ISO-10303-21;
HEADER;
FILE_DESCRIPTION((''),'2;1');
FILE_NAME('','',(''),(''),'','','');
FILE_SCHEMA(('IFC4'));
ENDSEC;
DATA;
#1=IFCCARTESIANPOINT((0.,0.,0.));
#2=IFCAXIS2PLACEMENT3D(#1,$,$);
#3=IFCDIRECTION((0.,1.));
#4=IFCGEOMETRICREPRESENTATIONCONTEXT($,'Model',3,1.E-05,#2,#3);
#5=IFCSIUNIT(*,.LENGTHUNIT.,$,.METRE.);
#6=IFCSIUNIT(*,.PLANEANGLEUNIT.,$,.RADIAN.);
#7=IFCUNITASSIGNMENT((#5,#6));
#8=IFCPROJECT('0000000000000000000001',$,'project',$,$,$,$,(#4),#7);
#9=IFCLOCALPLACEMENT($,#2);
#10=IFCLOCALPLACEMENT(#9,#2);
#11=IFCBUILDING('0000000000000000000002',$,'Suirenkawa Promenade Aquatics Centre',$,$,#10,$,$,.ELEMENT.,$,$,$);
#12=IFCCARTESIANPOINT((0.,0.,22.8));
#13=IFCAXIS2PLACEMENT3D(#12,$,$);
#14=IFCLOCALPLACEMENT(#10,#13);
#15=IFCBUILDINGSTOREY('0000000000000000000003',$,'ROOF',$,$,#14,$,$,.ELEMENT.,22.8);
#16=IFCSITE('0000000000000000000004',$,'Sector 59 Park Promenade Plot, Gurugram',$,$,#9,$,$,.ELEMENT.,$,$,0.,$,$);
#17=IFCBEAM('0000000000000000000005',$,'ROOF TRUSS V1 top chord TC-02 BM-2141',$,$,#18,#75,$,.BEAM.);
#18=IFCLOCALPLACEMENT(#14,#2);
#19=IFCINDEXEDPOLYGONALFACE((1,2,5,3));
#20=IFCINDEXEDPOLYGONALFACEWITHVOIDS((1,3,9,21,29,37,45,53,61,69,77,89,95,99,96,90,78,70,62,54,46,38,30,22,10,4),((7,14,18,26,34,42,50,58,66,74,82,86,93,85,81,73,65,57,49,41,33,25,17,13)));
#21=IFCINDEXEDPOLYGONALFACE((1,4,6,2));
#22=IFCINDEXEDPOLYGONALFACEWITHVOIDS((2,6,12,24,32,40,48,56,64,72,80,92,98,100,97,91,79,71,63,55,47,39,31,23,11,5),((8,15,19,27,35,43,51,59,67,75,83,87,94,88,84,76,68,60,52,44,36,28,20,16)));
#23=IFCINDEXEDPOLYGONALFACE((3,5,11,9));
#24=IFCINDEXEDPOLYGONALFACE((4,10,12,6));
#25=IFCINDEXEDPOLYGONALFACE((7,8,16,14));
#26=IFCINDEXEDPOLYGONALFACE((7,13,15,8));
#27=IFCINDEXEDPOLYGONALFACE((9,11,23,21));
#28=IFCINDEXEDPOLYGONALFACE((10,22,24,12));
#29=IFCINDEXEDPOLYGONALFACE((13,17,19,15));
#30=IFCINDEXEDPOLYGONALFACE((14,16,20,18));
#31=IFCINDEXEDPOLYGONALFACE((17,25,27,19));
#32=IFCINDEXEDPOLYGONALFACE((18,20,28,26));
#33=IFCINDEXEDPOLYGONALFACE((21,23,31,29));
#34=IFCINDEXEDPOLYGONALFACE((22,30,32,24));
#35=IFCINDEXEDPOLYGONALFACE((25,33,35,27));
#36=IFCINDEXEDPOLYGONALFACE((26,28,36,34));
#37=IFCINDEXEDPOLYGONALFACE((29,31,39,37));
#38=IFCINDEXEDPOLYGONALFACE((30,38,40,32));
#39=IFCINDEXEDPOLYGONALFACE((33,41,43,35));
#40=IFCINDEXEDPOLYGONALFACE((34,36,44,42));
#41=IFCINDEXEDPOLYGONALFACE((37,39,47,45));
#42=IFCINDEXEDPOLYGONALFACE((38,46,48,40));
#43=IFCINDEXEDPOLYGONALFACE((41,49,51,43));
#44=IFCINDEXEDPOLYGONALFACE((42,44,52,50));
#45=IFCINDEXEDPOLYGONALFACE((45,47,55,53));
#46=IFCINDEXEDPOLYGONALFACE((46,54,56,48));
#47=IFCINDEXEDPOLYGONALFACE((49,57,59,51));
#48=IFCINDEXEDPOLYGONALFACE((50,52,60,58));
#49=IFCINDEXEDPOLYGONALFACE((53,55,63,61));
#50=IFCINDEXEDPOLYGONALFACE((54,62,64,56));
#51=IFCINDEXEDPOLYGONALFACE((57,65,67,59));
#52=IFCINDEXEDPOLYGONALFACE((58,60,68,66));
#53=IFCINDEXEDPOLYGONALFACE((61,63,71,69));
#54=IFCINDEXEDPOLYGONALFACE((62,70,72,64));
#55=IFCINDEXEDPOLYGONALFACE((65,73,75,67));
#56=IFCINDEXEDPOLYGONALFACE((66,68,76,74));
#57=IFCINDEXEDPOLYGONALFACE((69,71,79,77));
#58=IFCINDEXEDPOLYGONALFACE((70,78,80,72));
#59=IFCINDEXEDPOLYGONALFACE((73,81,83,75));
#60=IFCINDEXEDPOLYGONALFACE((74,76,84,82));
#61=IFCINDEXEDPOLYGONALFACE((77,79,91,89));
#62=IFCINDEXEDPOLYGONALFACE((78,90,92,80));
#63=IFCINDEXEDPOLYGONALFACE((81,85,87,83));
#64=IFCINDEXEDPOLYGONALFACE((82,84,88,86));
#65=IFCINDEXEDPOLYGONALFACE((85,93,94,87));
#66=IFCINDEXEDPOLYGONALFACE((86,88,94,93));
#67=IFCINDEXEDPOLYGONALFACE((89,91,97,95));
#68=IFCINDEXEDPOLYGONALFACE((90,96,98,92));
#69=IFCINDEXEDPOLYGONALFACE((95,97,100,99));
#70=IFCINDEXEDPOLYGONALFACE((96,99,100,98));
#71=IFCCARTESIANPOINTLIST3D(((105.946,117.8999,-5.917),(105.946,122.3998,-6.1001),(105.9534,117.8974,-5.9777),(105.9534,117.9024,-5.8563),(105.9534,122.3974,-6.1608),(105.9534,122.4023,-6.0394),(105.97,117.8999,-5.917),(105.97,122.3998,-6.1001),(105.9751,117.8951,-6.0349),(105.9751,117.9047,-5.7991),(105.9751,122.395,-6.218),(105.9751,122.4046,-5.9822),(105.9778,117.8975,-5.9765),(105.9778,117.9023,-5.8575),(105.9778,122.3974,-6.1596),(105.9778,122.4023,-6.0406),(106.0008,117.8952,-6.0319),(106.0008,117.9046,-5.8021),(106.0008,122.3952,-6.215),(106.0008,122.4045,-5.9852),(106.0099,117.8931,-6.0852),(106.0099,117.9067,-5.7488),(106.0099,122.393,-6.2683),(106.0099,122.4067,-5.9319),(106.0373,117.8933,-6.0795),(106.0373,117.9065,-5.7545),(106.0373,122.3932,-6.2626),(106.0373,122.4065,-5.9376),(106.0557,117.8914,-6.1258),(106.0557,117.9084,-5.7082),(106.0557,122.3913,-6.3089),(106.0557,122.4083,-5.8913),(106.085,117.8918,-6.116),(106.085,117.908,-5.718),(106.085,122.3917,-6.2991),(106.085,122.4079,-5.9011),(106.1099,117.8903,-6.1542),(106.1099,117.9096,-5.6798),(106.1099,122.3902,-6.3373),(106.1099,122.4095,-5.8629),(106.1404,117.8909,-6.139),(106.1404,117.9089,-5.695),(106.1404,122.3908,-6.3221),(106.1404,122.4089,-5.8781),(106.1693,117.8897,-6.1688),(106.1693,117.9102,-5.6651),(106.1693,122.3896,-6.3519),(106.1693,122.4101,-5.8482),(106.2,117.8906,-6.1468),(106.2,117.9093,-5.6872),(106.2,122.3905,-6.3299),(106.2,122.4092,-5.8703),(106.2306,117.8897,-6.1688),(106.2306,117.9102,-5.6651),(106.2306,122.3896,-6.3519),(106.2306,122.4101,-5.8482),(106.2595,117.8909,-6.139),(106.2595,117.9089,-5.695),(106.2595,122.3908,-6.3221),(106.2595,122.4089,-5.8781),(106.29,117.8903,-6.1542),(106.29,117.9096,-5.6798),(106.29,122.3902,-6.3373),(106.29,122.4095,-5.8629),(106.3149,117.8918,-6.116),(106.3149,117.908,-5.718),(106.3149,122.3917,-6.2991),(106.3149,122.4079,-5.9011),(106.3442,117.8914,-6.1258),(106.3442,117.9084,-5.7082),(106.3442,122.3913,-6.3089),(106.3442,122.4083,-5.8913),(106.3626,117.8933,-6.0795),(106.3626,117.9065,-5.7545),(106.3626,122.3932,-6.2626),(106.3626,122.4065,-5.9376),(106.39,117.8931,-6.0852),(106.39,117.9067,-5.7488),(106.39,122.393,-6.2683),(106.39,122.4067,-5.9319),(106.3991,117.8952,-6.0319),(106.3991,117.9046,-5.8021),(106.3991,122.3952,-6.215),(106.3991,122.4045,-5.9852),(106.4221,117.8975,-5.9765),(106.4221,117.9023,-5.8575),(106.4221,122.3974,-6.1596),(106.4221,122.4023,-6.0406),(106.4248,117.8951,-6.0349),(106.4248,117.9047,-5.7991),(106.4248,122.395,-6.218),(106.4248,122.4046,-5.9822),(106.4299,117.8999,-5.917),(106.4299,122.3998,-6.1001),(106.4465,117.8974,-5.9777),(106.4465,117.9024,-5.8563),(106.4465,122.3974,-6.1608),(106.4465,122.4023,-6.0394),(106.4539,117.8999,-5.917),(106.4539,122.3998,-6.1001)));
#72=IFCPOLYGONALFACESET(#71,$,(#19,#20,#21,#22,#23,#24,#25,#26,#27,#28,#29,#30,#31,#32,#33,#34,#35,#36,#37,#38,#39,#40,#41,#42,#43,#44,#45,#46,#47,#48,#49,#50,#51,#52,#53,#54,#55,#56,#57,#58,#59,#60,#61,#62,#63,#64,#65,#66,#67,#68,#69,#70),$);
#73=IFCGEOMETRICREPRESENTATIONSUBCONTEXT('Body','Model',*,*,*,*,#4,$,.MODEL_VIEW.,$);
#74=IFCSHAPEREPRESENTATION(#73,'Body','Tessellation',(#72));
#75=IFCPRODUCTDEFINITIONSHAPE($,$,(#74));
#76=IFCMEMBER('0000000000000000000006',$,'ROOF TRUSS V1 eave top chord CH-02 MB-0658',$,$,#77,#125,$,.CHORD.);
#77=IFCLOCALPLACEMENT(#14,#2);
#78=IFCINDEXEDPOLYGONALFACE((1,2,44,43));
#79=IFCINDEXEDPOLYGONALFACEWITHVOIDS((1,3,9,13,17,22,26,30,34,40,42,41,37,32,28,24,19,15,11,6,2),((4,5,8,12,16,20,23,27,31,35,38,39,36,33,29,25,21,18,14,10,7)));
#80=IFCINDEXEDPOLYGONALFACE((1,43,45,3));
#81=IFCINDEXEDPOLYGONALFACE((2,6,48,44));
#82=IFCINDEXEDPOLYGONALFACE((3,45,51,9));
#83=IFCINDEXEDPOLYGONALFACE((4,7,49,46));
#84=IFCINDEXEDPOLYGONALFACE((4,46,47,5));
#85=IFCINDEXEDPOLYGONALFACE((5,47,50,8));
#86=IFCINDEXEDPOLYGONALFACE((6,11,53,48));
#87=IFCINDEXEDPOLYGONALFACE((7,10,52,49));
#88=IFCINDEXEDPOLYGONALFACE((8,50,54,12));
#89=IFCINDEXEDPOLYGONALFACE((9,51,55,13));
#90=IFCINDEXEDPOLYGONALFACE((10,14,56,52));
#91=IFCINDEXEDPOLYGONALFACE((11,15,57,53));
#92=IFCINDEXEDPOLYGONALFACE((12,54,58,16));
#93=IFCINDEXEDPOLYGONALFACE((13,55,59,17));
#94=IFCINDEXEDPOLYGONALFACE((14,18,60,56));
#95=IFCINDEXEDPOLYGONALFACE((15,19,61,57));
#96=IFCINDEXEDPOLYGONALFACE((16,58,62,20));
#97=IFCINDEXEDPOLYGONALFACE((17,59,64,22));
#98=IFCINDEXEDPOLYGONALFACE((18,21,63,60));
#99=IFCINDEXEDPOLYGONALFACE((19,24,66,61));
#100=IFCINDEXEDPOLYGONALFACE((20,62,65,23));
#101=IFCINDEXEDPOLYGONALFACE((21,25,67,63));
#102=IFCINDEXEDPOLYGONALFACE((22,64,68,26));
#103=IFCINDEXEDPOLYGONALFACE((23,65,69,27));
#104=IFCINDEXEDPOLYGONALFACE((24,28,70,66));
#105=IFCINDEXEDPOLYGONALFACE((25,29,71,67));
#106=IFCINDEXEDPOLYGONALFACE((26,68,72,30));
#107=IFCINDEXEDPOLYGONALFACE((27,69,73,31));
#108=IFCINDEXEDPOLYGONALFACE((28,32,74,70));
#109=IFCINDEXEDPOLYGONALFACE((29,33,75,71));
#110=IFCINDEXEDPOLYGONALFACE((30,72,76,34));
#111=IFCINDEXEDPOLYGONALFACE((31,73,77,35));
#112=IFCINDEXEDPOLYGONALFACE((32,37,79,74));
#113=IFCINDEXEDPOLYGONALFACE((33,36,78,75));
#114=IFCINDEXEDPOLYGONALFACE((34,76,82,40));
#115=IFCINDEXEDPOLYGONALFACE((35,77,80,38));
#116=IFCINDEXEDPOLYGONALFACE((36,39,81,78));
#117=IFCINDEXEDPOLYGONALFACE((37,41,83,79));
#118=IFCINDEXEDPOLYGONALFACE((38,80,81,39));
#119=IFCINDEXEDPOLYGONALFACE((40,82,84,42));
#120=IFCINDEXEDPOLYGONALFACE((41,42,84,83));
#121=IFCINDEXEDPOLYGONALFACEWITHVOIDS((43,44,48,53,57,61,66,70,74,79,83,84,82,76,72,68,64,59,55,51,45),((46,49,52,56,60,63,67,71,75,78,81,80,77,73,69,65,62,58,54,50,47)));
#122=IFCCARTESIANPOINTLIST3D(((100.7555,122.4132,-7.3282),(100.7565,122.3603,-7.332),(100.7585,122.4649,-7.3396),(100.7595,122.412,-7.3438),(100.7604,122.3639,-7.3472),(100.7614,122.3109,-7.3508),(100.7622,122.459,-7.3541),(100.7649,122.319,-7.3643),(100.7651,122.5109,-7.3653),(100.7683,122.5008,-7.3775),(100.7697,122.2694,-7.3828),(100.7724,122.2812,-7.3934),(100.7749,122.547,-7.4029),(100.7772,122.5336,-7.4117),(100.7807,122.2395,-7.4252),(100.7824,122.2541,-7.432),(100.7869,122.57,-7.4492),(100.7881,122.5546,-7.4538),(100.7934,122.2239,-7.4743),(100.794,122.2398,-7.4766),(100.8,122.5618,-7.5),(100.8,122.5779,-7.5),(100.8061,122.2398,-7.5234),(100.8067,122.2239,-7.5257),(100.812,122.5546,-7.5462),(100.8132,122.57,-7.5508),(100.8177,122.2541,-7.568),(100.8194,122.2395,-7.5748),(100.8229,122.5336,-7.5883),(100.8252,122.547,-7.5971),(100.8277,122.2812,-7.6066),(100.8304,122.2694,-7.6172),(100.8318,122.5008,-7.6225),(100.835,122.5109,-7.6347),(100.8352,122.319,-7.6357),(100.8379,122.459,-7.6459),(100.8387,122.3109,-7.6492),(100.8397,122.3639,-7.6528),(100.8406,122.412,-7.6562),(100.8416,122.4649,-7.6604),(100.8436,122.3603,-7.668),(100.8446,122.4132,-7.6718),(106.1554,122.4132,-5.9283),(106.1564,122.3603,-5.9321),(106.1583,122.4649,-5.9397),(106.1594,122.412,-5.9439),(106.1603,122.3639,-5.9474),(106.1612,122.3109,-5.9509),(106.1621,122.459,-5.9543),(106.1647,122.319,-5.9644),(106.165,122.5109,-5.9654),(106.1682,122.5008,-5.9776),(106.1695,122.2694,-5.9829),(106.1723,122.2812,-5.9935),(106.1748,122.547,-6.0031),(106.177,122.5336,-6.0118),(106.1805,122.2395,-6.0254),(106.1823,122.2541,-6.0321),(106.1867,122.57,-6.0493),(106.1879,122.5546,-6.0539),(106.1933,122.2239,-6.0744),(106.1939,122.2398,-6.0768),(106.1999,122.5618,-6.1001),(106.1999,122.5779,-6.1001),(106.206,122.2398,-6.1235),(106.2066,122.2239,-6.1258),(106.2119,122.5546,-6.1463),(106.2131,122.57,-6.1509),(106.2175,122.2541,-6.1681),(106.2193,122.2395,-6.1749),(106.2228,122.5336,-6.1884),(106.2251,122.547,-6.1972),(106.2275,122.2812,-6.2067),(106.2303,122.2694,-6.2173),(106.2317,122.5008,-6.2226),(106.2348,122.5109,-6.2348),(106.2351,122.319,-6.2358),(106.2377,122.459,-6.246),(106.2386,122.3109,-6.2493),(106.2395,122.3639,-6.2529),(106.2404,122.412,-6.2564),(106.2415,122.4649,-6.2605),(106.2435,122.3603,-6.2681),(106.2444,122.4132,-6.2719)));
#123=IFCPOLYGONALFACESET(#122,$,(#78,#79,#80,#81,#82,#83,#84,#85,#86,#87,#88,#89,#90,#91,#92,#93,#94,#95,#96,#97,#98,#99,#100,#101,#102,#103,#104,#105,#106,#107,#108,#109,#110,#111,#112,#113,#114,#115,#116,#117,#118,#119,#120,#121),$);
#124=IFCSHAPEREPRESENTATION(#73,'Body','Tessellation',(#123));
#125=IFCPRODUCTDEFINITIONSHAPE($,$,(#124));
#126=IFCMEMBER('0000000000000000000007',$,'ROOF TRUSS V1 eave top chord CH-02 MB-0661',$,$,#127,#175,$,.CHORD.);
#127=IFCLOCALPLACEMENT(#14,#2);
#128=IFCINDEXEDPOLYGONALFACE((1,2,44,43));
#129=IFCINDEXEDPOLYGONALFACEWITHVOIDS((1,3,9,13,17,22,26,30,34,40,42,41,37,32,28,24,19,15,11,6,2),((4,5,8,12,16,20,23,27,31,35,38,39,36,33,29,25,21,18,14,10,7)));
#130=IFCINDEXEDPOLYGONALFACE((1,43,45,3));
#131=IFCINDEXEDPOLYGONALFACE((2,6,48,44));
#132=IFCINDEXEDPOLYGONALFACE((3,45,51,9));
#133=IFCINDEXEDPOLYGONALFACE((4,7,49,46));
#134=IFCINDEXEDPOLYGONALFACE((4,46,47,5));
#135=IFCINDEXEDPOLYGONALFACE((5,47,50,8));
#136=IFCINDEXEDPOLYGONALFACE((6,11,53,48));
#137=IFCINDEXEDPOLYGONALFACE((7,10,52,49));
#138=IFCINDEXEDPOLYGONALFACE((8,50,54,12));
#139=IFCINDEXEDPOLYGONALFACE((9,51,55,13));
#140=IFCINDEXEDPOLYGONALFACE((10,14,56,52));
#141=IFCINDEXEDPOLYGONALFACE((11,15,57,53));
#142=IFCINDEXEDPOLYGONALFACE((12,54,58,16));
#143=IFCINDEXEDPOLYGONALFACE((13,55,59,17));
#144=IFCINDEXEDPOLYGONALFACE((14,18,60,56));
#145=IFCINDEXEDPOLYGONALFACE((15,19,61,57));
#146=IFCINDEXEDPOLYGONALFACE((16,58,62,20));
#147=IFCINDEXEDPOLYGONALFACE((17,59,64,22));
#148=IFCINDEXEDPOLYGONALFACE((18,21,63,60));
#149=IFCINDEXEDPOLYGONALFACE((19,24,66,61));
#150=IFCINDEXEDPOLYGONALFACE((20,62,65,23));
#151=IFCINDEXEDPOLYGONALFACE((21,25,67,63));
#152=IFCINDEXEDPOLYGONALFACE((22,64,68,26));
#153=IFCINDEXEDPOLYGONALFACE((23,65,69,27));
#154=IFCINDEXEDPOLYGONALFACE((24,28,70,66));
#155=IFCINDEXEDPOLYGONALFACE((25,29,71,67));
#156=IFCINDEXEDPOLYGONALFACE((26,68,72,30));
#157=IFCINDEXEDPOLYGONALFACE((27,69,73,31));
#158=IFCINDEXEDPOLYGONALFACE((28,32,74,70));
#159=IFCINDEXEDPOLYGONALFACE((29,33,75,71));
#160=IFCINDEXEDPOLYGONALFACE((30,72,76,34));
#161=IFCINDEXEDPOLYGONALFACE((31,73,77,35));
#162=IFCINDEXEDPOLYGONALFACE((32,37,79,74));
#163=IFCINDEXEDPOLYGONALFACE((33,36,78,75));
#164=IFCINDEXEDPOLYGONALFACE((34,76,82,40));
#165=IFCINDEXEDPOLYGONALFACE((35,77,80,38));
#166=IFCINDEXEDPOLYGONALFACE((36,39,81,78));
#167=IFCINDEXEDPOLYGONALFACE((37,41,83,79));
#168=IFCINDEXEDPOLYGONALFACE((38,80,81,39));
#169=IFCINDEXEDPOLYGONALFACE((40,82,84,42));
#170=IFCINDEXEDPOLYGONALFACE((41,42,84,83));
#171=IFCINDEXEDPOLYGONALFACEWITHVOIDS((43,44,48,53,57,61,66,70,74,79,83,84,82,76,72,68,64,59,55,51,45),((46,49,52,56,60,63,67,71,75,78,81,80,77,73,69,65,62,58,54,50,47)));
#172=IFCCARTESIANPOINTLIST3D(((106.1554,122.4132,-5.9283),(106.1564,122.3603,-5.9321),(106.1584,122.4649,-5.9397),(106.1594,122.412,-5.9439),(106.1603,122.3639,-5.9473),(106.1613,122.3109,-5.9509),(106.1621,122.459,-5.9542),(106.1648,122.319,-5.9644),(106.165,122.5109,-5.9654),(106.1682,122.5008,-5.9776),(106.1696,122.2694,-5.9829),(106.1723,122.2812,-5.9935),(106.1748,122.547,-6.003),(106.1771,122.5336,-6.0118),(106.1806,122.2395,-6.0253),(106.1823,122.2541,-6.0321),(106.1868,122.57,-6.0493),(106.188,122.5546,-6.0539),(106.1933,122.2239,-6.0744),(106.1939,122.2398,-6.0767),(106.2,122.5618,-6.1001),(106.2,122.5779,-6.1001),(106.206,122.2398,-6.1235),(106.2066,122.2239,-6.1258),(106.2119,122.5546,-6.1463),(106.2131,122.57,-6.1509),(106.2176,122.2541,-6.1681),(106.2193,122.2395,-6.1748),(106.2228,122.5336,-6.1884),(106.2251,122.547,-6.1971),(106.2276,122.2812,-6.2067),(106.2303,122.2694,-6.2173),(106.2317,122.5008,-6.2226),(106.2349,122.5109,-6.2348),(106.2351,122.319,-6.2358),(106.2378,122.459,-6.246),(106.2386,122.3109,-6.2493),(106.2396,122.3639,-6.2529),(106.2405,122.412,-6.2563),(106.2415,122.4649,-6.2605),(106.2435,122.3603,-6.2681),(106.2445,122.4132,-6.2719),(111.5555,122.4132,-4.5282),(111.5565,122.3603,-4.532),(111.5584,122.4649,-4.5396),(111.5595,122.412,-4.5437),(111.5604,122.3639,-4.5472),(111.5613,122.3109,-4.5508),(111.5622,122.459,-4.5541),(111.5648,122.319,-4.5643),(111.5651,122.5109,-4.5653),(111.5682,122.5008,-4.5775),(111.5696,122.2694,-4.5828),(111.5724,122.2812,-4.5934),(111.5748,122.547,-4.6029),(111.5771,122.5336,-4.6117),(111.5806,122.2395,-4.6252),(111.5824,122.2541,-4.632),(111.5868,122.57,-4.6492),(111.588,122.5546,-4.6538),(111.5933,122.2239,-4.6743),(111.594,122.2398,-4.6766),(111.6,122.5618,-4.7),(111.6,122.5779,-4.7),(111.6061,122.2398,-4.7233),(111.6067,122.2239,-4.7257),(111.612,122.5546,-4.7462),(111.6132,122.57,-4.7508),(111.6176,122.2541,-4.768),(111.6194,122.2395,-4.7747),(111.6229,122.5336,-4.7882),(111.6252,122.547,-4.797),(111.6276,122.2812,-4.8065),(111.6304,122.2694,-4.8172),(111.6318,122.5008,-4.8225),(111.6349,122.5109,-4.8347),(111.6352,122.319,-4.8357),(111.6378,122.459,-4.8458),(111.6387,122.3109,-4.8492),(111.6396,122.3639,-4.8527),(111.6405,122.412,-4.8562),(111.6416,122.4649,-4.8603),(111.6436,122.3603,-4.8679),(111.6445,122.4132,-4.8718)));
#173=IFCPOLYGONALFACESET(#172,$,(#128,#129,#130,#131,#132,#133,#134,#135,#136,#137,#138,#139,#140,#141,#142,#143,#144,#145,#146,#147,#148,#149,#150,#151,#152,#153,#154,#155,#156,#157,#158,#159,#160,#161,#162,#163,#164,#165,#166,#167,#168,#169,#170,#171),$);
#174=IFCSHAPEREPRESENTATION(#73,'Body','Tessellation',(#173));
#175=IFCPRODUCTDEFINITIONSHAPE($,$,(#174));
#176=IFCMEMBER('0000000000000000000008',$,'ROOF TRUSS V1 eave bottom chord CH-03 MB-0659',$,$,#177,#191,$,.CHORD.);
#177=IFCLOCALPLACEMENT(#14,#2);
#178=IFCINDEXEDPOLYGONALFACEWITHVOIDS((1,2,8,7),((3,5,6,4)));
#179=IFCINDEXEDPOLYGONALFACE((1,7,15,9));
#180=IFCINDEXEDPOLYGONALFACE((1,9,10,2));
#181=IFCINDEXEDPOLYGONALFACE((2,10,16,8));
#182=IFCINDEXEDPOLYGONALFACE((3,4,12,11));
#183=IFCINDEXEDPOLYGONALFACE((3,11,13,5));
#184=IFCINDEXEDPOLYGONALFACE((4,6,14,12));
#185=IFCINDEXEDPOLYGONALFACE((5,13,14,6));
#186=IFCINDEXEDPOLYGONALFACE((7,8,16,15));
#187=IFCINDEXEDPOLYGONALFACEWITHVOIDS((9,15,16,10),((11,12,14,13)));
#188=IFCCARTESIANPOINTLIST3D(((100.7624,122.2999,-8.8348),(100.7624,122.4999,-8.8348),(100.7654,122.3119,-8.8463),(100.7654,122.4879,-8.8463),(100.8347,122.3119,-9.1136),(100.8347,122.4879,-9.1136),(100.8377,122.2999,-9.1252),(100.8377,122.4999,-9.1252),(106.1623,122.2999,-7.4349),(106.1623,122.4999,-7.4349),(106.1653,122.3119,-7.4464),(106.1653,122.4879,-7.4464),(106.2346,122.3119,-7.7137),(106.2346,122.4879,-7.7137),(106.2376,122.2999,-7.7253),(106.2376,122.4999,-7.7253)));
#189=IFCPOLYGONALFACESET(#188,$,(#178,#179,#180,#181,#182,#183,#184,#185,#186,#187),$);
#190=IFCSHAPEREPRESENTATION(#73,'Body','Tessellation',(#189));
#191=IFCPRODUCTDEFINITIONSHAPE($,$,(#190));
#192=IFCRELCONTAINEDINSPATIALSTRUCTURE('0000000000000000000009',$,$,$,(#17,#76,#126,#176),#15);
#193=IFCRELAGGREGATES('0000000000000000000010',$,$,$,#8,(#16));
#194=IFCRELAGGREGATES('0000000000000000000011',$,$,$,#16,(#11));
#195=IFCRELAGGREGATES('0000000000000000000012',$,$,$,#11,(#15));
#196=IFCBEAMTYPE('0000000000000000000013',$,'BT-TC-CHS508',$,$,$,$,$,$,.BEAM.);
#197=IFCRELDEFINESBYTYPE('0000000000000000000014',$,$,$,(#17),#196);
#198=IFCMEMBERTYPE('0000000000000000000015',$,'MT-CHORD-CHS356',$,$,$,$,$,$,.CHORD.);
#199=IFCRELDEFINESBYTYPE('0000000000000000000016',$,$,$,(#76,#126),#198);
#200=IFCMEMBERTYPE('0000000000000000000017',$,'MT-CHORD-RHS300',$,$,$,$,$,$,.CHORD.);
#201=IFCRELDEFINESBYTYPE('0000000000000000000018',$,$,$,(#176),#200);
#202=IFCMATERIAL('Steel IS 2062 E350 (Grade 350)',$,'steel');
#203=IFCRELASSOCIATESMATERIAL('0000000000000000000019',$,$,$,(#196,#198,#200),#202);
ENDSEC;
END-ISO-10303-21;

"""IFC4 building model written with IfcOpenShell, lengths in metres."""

from ifc_helpers import new_model, si_unit, direction, frame, origin, origin_2d, place, context, subcontext, project, spatial, hollow_rectangle, hollow_circle, extrude, material, material_profile, profile_set, type_object, element, save


model = new_model("IFC4")

# Units and contexts
model_context = context("Model", 3, precision=1e-05, world=origin(), true_north=direction((0.0, 1.0)))
body_context = subcontext(model_context, "Body", "Model", "MODEL_VIEW")
ifc_project = project(units=[si_unit("LENGTHUNIT", "METRE"), si_unit("PLANEANGLEUNIT", "RADIAN")], contexts=[model_context])

# Site, building, storey
site_placement = place(None, origin())
site = spatial("IfcSite", under=ifc_project, at=site_placement, Name="Sector 59 Park Promenade Plot, Gurugram", CompositionType="ELEMENT", RefElevation=0.0)
building_placement = place(site_placement, origin())
building = spatial("IfcBuilding", under=site, at=building_placement, Name="Suirenkawa Promenade Aquatics Centre", CompositionType="ELEMENT")
storey_placement = place(building_placement, frame((0.0, 0.0, 22.8)))
storey = spatial("IfcBuildingStorey", under=building, at=storey_placement, Name="ROOF", CompositionType="ELEMENT", Elevation=22.8)

# Beam
ifc_material = material(Name="Steel IS 2062 E350 (Grade 350)", Category="steel")
ifc_material_profile_1 = material_profile(ifc_material, hollow_circle(Radius=0.2539, WallThickness=0.0239, at=origin_2d()), Name="CHS 508x24", Category="steel")
ifc_profile_set_1 = profile_set([ifc_material_profile_1], Name="Steel IS 2062 E350 (Grade 350)")
beam_type_1 = type_object("IfcBeamType", Name="BT-TC-CHS508", PredefinedType="BEAM", material=ifc_profile_set_1)
for number, where, z_axis, x_axis, name in (
    (1, (106.2, 117.8999, -5.917), (0.0, 0.999173, -0.040656), (-1.0, 0.0, 0.0), "ROOF TRUSS V1 top chord TC-02 BM-2141"),
):
    element("IfcBeam", number, at=place(storey_placement, frame(where, z_axis=z_axis, x_axis=x_axis)), inside=storey, type_object=beam_type_1, Name=name, PredefinedType="BEAM", context=body_context, shape_type="SweptSolid", body=[
        extrude(hollow_circle(Radius=0.2539, WallThickness=0.0239, at=origin_2d()), origin(), (0.0, 0.0, 1.0), 4.5037),
    ])

# Members
ifc_material_profile_2 = material_profile(ifc_material, hollow_circle(Radius=0.178, WallThickness=0.0161, at=origin_2d()), Name="CHS 356x16", Category="steel")
ifc_profile_set_2 = profile_set([ifc_material_profile_2], Name="Steel IS 2062 E350 (Grade 350)")
member_type_1 = type_object("IfcMemberType", Name="MT-CHORD-CHS356", PredefinedType="CHORD", material=ifc_profile_set_2)
member_1_placement = place(storey_placement, frame((100.8, 122.3999, -7.5), z_axis=(0.968, 0.0, 0.25095), x_axis=(0.0, 1.0, 0.0)))
element("IfcMember", 2, at=member_1_placement, inside=storey, type_object=member_type_1, Name="ROOF TRUSS V1 eave top chord CH-02 MB-0658", PredefinedType="CHORD", context=body_context, shape_type="SweptSolid", body=[
    extrude(hollow_circle(Radius=0.178, WallThickness=0.0161, at=origin_2d()), origin(), (0.0, 0.0, 1.0), 5.5784),
])
member_2_placement = place(storey_placement, frame((106.2, 122.3999, -6.1001), z_axis=(0.967992, 0.0, 0.25098), x_axis=(0.0, 1.0, 0.0)))
element("IfcMember", 3, at=member_2_placement, inside=storey, type_object=member_type_1, Name="ROOF TRUSS V1 eave top chord CH-02 MB-0661", PredefinedType="CHORD", context=body_context, shape_type="SweptSolid", body=[
    extrude(hollow_circle(Radius=0.178, WallThickness=0.0161, at=origin_2d()), origin(), (0.0, 0.0, 1.0), 5.5786),
])
ifc_material_profile_3 = material_profile(ifc_material, hollow_rectangle(XDim=0.2, YDim=0.3, WallThickness=0.012, at=origin_2d()), Name="RHS 300x200x12", Category="steel")
ifc_profile_set_3 = profile_set([ifc_material_profile_3], Name="Steel IS 2062 E350 (Grade 350)")
member_type_2 = type_object("IfcMemberType", Name="MT-CHORD-RHS300", PredefinedType="CHORD", material=ifc_profile_set_3)
member_3_placement = place(storey_placement, frame((100.8, 122.3999, -8.98), z_axis=(0.968, 0.0, 0.25095), x_axis=(0.0, 1.0, 0.0)))
element("IfcMember", 4, at=member_3_placement, inside=storey, type_object=member_type_2, Name="ROOF TRUSS V1 eave bottom chord CH-03 MB-0659", PredefinedType="CHORD", context=body_context, shape_type="SweptSolid", body=[
    extrude(hollow_rectangle(XDim=0.2, YDim=0.3, WallThickness=0.012, at=origin_2d()), origin(), (0.0, 0.0, 1.0), 5.5784),
])

save(model, "model.ifc")
